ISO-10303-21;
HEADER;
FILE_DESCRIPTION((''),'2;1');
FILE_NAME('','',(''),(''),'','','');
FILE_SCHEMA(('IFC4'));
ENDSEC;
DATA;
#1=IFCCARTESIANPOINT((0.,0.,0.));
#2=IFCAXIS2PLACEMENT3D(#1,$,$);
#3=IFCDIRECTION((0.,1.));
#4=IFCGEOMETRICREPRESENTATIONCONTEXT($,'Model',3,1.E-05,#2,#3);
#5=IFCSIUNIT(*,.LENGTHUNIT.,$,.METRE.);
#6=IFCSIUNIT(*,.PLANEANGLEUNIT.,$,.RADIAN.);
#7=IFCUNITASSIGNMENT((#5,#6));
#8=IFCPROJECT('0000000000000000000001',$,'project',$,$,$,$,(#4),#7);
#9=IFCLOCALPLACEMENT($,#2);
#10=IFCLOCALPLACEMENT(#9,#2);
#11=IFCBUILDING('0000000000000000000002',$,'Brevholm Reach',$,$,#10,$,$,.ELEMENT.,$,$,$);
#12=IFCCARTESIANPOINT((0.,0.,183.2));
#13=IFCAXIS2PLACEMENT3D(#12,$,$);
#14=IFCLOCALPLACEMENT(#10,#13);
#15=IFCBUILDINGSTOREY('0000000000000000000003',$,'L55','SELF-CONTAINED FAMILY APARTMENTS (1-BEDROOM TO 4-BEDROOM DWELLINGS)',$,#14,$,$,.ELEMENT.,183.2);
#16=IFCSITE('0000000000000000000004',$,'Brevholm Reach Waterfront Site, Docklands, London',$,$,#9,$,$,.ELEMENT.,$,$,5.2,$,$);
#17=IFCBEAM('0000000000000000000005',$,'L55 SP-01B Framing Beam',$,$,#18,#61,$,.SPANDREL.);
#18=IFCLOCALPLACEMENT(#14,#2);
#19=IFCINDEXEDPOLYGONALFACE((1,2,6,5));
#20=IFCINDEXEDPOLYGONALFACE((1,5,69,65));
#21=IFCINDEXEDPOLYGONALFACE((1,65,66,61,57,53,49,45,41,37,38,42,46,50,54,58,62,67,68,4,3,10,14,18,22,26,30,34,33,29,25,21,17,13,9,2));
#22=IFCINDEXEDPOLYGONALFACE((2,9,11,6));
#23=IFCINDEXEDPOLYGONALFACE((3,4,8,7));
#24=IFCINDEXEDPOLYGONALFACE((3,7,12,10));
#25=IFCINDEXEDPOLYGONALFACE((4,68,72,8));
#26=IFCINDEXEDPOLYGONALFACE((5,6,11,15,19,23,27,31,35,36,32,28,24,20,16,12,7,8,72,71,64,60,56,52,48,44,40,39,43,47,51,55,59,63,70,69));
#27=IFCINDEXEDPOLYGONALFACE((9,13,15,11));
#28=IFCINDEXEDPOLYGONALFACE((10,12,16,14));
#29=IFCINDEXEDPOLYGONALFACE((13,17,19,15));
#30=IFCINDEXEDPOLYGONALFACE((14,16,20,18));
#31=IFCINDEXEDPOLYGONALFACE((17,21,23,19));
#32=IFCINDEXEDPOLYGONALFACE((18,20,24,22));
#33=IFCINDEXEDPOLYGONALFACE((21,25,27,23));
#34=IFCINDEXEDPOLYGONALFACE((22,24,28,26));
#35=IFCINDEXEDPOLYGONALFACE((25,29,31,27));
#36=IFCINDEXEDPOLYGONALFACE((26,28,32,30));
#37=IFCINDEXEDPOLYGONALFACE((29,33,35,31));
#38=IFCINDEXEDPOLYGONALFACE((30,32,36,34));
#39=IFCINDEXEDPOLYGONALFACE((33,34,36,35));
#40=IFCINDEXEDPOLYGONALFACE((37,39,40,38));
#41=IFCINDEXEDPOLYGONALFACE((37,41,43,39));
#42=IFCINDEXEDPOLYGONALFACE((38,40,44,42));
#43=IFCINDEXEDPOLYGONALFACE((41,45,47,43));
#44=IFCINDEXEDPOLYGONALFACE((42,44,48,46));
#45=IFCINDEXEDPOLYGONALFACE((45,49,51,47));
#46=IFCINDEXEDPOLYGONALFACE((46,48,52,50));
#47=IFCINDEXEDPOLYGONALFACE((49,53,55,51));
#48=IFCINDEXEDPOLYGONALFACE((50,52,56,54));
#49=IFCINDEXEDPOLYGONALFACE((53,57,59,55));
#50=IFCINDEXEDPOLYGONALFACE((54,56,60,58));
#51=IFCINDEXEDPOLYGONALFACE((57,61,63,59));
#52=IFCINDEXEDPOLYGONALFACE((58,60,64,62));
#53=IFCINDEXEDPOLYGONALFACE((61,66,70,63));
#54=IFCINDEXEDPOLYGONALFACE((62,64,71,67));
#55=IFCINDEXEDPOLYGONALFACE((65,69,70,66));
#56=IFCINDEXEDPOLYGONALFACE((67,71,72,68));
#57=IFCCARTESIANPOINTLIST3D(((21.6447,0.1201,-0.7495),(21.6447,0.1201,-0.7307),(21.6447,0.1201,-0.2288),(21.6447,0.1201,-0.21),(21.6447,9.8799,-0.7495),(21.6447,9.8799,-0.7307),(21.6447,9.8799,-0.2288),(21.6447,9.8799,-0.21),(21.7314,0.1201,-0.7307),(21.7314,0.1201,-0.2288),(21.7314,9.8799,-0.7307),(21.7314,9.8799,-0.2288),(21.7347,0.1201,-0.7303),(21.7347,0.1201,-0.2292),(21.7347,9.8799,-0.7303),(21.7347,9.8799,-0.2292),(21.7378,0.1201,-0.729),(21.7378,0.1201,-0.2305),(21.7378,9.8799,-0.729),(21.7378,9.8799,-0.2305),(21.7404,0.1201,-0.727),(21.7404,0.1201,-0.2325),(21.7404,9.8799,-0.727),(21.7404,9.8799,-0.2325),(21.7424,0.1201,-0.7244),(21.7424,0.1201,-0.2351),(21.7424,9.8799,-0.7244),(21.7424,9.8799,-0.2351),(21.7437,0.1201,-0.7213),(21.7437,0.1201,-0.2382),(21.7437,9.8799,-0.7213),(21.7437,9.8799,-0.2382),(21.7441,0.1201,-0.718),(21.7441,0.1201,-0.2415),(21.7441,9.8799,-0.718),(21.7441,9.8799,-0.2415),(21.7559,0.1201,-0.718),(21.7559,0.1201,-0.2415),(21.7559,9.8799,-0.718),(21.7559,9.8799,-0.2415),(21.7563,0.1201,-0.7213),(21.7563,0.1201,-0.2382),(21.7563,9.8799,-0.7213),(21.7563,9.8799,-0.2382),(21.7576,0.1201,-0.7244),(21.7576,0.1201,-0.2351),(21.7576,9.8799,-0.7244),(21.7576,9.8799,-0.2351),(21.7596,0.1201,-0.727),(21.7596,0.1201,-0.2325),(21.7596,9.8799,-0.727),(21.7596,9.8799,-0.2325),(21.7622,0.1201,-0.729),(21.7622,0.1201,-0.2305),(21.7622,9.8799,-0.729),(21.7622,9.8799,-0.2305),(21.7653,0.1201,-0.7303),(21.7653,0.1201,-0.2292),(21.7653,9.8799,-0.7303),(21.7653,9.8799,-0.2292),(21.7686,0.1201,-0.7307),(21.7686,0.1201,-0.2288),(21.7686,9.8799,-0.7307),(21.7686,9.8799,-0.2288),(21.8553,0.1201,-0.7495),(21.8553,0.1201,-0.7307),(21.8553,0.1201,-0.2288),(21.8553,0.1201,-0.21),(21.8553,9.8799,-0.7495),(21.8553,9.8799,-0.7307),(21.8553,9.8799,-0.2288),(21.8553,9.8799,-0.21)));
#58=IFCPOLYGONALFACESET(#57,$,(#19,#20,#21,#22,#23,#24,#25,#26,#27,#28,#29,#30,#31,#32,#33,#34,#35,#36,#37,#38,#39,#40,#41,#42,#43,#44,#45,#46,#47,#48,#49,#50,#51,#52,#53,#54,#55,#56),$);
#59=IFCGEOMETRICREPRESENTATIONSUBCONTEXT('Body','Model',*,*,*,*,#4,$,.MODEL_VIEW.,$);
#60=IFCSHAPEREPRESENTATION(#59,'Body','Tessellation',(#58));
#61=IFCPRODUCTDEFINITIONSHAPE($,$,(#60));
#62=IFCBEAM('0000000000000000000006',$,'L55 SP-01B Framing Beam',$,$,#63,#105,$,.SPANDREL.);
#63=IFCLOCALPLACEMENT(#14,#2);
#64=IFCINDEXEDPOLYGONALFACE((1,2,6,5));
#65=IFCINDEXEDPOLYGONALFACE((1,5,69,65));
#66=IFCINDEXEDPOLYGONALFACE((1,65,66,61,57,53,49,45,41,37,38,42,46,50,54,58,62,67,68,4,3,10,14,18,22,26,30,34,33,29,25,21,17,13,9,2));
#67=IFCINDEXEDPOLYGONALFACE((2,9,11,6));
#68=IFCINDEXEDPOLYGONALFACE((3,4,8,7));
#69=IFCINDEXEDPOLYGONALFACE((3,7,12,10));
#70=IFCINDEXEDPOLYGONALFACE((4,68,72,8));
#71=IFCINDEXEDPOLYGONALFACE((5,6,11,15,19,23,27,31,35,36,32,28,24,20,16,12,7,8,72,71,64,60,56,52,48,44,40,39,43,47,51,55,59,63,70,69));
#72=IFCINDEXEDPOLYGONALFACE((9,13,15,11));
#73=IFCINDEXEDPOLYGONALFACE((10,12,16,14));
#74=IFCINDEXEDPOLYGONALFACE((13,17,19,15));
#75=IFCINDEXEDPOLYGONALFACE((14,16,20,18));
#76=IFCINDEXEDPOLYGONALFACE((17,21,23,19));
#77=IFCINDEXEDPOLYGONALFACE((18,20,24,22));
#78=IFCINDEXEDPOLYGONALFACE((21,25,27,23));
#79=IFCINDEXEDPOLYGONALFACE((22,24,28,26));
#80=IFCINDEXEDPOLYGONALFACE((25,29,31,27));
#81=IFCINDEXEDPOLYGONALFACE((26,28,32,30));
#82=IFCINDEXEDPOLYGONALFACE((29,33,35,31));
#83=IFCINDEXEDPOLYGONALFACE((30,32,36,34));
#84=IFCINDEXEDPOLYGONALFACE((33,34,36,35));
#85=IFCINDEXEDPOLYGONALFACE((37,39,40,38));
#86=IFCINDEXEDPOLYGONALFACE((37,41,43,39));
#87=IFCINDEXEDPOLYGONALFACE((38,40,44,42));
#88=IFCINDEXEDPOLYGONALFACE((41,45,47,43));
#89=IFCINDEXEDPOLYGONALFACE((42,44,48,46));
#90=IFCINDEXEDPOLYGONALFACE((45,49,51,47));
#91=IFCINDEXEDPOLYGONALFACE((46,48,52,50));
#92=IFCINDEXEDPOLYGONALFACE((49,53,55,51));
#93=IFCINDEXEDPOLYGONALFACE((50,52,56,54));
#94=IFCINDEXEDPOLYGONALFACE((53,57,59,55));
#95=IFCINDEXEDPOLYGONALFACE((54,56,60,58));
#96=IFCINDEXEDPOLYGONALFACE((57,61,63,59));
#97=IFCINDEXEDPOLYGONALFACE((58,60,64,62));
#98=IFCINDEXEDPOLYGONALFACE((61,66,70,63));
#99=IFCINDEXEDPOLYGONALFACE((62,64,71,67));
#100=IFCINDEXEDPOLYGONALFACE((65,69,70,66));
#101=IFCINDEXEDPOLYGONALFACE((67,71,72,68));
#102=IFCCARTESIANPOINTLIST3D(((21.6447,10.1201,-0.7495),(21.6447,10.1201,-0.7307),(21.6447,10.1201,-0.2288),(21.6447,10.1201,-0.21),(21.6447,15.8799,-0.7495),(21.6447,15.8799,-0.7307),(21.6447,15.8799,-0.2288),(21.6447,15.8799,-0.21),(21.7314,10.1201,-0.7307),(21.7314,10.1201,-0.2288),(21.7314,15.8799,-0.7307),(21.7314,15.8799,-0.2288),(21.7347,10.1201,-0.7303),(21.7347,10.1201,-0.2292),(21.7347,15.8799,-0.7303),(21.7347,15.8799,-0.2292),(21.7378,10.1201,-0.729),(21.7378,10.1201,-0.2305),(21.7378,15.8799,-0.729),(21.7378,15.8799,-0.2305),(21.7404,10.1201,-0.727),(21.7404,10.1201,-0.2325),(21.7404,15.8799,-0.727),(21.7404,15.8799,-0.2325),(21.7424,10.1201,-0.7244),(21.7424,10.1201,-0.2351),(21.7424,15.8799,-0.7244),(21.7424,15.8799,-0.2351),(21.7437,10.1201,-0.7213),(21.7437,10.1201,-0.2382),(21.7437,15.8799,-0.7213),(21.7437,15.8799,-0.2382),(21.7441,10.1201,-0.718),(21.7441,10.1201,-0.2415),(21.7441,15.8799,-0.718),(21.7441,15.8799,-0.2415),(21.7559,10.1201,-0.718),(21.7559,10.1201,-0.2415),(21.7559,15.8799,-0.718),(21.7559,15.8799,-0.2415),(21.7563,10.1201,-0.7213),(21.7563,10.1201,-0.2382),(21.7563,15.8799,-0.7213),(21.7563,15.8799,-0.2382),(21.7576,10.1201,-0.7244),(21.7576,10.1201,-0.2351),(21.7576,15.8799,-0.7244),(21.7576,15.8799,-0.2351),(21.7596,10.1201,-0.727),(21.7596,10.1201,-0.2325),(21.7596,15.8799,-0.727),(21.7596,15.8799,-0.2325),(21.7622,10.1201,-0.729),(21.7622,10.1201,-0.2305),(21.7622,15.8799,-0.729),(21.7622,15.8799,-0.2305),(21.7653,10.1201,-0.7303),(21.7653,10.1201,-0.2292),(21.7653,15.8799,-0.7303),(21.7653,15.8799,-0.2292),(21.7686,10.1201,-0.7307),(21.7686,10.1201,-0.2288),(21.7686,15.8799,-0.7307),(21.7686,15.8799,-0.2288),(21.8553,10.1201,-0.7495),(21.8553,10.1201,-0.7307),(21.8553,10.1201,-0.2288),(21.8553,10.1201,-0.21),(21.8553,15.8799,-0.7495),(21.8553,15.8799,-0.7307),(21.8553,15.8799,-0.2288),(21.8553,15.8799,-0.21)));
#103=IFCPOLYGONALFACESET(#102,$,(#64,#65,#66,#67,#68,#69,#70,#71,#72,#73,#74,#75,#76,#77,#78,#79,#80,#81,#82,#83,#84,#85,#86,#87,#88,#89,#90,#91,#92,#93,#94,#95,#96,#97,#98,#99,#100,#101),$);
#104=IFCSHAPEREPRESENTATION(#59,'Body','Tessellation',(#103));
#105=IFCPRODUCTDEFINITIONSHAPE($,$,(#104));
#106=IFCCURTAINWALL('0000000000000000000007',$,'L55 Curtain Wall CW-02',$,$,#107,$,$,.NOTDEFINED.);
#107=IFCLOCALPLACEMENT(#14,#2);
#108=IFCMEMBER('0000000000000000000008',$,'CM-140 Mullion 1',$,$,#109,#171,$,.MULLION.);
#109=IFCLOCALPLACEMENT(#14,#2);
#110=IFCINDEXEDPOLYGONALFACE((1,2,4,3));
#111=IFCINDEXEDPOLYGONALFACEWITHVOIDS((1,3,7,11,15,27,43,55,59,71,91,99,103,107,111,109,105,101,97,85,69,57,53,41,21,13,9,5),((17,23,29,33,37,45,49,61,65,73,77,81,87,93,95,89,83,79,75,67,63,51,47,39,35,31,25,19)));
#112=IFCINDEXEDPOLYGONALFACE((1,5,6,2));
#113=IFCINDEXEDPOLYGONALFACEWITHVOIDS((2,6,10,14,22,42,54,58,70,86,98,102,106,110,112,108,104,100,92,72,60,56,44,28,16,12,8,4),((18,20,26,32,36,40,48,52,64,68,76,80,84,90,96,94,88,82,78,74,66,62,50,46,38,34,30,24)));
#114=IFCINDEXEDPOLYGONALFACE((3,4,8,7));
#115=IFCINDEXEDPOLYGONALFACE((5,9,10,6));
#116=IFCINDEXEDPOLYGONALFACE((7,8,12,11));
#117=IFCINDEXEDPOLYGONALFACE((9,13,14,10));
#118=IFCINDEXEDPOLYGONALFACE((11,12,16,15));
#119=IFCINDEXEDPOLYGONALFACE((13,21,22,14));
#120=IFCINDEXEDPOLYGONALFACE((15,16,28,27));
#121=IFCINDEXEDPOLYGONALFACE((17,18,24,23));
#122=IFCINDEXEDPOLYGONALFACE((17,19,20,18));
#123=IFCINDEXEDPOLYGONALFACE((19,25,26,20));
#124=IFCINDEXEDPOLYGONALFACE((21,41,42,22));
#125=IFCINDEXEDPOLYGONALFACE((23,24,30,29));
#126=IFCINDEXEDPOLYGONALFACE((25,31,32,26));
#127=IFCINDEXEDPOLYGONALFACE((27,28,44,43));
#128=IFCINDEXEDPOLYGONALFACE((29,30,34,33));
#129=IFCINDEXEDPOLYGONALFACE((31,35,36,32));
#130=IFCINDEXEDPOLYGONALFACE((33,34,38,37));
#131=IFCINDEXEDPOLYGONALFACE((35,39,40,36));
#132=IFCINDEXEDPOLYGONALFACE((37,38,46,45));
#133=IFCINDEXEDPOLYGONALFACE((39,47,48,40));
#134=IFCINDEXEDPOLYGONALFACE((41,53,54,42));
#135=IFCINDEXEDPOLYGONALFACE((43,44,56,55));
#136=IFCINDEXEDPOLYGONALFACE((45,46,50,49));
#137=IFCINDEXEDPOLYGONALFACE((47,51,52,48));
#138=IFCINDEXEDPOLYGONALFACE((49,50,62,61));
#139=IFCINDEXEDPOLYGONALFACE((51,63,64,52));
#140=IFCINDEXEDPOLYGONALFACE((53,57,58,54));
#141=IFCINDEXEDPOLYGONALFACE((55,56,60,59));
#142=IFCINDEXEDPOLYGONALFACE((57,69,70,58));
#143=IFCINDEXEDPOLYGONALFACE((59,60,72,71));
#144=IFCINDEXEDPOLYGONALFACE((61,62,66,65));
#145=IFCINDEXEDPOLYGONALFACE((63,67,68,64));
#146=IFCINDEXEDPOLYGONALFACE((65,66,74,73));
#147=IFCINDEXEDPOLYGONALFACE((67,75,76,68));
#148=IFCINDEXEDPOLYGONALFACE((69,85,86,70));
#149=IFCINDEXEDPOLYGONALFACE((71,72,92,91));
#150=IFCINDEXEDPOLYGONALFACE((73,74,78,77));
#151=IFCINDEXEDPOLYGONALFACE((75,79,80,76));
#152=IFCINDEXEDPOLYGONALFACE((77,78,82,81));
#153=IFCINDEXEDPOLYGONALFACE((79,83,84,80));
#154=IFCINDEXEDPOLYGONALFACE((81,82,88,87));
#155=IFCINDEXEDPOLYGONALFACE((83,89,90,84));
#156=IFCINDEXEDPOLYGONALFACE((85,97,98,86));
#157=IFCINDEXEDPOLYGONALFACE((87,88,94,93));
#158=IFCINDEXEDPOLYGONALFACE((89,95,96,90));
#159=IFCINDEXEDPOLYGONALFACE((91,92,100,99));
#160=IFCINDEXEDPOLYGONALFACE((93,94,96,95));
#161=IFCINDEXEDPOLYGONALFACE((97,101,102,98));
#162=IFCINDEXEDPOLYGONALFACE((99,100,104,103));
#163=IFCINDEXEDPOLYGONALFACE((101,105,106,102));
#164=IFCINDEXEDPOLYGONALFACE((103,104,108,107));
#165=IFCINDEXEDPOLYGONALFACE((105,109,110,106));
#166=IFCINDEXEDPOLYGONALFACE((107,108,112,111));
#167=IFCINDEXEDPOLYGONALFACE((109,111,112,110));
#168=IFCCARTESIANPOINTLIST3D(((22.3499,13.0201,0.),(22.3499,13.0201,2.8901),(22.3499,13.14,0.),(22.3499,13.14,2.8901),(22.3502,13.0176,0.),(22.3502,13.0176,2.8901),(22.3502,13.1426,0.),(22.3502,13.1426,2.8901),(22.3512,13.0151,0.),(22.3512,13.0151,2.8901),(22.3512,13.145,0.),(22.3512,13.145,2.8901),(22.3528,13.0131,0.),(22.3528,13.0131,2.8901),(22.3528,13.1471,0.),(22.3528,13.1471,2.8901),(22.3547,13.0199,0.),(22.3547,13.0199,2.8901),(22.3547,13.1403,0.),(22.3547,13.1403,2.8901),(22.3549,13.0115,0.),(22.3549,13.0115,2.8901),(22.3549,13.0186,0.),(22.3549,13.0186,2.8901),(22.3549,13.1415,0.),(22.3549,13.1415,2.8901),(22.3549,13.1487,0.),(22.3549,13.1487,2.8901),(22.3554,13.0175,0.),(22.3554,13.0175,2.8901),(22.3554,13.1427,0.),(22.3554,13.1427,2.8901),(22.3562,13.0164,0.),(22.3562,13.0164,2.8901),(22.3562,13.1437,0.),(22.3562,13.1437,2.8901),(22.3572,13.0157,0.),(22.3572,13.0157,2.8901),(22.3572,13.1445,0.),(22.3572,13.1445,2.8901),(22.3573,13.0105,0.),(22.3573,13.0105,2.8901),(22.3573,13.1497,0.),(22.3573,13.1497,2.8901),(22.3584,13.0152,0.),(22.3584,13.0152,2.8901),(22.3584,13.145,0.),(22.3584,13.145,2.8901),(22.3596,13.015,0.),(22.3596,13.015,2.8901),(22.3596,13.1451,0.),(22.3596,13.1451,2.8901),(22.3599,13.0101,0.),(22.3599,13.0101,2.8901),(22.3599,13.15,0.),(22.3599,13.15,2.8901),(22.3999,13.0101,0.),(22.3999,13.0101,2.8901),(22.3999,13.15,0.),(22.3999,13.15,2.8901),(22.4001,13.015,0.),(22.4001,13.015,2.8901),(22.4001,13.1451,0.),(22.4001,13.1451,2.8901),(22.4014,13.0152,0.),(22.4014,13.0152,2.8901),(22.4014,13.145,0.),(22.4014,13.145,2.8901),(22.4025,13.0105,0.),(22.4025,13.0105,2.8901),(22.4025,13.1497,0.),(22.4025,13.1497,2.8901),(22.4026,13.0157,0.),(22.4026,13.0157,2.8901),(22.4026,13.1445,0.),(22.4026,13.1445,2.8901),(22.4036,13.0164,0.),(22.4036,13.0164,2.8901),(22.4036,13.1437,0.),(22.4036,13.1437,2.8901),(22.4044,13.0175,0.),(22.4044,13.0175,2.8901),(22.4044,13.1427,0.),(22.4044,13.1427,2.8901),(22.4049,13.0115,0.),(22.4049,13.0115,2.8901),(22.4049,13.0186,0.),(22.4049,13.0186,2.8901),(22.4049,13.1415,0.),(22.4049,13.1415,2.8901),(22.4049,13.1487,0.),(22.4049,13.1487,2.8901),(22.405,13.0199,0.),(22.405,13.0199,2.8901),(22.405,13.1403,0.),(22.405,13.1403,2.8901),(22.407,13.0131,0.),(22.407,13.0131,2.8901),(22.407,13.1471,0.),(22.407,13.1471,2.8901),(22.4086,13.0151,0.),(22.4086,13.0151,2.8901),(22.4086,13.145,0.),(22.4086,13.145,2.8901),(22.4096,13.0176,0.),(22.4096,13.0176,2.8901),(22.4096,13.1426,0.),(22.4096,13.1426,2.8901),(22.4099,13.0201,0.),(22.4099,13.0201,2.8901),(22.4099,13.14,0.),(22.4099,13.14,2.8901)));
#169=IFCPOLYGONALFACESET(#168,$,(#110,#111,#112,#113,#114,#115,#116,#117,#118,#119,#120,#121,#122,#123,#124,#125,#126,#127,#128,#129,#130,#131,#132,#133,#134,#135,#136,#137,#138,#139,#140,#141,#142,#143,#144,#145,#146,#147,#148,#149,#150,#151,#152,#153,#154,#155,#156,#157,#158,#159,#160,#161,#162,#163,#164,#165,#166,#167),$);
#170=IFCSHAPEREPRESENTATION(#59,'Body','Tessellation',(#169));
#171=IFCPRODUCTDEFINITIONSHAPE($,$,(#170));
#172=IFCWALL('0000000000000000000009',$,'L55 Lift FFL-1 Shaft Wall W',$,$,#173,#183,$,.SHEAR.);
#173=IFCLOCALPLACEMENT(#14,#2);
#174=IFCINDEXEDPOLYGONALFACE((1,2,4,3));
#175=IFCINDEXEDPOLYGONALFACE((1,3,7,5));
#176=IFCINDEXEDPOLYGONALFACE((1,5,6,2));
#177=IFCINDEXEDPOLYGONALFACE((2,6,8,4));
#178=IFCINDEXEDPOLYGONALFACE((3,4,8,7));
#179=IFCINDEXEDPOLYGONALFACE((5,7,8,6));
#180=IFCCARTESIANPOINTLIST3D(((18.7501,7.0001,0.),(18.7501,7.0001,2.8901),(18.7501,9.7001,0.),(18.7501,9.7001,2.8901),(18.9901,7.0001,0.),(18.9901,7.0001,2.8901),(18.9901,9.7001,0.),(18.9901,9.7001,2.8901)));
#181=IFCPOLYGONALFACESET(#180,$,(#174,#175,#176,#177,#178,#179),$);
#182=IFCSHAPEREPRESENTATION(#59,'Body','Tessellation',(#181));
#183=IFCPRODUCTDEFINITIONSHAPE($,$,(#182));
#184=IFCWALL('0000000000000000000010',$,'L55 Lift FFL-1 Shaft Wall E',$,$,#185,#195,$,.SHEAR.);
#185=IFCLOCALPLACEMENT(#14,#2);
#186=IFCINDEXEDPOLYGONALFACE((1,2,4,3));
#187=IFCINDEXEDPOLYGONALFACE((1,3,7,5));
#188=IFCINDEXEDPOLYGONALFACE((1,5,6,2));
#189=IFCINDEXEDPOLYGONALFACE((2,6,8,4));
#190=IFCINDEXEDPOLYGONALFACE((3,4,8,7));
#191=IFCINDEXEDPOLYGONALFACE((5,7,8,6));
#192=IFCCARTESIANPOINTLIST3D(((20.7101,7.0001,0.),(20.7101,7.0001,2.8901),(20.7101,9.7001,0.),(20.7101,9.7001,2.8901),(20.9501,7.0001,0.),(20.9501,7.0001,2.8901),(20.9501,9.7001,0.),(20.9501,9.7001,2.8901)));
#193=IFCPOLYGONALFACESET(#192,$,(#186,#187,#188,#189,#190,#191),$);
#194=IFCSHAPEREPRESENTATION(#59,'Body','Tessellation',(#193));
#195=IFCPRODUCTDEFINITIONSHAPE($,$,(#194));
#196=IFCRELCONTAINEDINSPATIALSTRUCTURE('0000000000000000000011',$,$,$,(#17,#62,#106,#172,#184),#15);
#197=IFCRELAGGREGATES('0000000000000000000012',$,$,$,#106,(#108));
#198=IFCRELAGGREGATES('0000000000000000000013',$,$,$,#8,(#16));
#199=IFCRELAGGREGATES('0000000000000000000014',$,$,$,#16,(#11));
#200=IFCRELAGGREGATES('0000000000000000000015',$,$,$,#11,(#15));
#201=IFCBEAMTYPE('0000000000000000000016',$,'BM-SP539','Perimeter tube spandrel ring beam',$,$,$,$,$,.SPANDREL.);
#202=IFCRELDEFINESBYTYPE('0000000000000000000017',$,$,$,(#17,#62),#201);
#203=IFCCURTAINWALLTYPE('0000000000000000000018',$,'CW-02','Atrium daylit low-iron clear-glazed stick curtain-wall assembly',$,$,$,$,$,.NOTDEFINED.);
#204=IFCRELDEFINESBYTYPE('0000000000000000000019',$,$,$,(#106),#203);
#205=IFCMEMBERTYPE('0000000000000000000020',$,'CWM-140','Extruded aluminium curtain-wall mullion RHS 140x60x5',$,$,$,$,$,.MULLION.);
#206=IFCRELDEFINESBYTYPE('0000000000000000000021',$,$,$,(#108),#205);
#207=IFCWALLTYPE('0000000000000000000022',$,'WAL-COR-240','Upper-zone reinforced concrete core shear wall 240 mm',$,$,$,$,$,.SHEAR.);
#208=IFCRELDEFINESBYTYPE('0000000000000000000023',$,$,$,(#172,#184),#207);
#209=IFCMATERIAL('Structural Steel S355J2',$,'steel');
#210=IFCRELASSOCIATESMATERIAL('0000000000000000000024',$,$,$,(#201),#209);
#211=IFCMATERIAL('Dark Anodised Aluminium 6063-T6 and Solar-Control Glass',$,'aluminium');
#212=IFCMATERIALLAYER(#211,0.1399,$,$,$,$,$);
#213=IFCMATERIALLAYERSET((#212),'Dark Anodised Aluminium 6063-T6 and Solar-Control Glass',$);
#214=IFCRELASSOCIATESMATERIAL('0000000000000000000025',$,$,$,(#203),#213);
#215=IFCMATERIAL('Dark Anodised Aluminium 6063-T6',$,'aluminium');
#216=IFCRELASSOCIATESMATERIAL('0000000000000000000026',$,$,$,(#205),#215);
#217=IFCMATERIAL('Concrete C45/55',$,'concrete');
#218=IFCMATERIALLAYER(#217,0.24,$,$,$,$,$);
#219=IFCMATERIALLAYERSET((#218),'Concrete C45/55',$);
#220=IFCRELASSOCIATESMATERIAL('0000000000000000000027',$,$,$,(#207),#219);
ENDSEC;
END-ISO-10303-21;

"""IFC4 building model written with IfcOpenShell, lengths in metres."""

from ifc_helpers import new_model, si_unit, direction, frame, frame_2d, origin, origin_2d, place, context, subcontext, project, spatial, rectangle, hollow_rectangle, i_section, extrude, material, layer, layer_set, material_profile, profile_set, type_object, element, aggregate, save


model = new_model("IFC4")

# Units and contexts
model_context = context("Model", 3, precision=1e-05, world=origin(), true_north=direction((0.0, 1.0)))
body_context = subcontext(model_context, "Body", "Model", "MODEL_VIEW")
ifc_project = project(units=[si_unit("LENGTHUNIT", "METRE"), si_unit("PLANEANGLEUNIT", "RADIAN")], contexts=[model_context])

# Site, building, storey
site_placement = place(None, origin())
site = spatial("IfcSite", under=ifc_project, at=site_placement, Name="Brevholm Reach Waterfront Site, Docklands, London", CompositionType="ELEMENT", RefElevation=5.2)
building_placement = place(site_placement, origin())
building = spatial("IfcBuilding", under=site, at=building_placement, Name="Brevholm Reach", CompositionType="ELEMENT")
storey_placement = place(building_placement, frame((0.0, 0.0, 183.2)))
storey = spatial("IfcBuildingStorey", under=building, at=storey_placement, Name="L55", Description="SELF-CONTAINED FAMILY APARTMENTS (1-BEDROOM TO 4-BEDROOM DWELLINGS)", CompositionType="ELEMENT", Elevation=183.2)

# Beams
ifc_material_1 = material(Name="Structural Steel S355J2", Category="steel")
ifc_material_profile_1 = material_profile(ifc_material_1, i_section(OverallWidth=0.2107, OverallDepth=0.5396, WebThickness=0.0117, FlangeThickness=0.0188, FilletRadius=0.0127, at=origin_2d()), Name="UKB 533x210x109")
ifc_profile_set_1 = profile_set([ifc_material_profile_1], Name="Structural Steel S355J2")
beam_type_1 = type_object("IfcBeamType", Name="BM-SP539", Description="Perimeter tube spandrel ring beam", PredefinedType="SPANDREL", material=ifc_profile_set_1)
beam_1_placement = place(storey_placement, frame((21.75, 0.1201, -0.4797), z_axis=(0.0, 1.0, 0.0), x_axis=(-1.0, 0.0, 0.0)))
element("IfcBeam", 1, at=beam_1_placement, inside=storey, type_object=beam_type_1, Name="L55 SP-01B Framing Beam", PredefinedType="SPANDREL", context=body_context, shape_type="SweptSolid", body=[
    extrude(i_section(OverallWidth=0.2107, OverallDepth=0.5396, WebThickness=0.0117, FlangeThickness=0.0188, FilletRadius=0.0127, at=origin_2d()), origin(), (0.0, 0.0, 1.0), 9.7598),
])
beam_2_placement = place(storey_placement, frame((21.75, 10.1201, -0.4797), z_axis=(0.0, 1.0, 0.0), x_axis=(-1.0, 0.0, 0.0)))
element("IfcBeam", 2, at=beam_2_placement, inside=storey, type_object=beam_type_1, Name="L55 SP-01B Framing Beam", PredefinedType="SPANDREL", context=body_context, shape_type="SweptSolid", body=[
    extrude(i_section(OverallWidth=0.2107, OverallDepth=0.5396, WebThickness=0.0117, FlangeThickness=0.0188, FilletRadius=0.0127, at=origin_2d()), origin(), (0.0, 0.0, 1.0), 5.7598),
])

# Curtain wall, member
ifc_material_2 = material(Name="Dark Anodised Aluminium 6063-T6 and Solar-Control Glass", Category="aluminium")
ifc_layer_1 = layer(ifc_material_2, 0.1399)
ifc_layer_set_1 = layer_set([ifc_layer_1], Name="Dark Anodised Aluminium 6063-T6 and Solar-Control Glass")
curtain_wall_type = type_object("IfcCurtainWallType", Name="CW-02", Description="Atrium daylit low-iron clear-glazed stick curtain-wall assembly", PredefinedType="NOTDEFINED", material=ifc_layer_set_1)
curtain_wall_placement = place(storey_placement, origin())
curtain_wall = element("IfcCurtainWall", 3, at=curtain_wall_placement, inside=storey, type_object=curtain_wall_type, Name="L55 Curtain Wall CW-02", PredefinedType="NOTDEFINED")
ifc_material_3 = material(Name="Dark Anodised Aluminium 6063-T6", Category="aluminium")
ifc_material_profile_2 = material_profile(ifc_material_3, hollow_rectangle(XDim=0.0601, YDim=0.1399, WallThickness=0.0049, InnerFilletRadius=0.0049, OuterFilletRadius=0.01, at=origin_2d()), Name="RHS 140x60x5")
ifc_profile_set_2 = profile_set([ifc_material_profile_2], Name="Dark Anodised Aluminium 6063-T6")
member_type = type_object("IfcMemberType", Name="CWM-140", Description="Extruded aluminium curtain-wall mullion RHS 140x60x5", PredefinedType="MULLION", material=ifc_profile_set_2)
member_placement = place(storey_placement, frame((22.3799, 13.0801, 0.0), z_axis=(0.0, 0.0, 1.0), x_axis=(1.0, 0.0, 0.0)))
member = element("IfcMember", 4, at=member_placement, type_object=member_type, Name="CM-140 Mullion 1", PredefinedType="MULLION", context=body_context, shape_type="SweptSolid", body=[
    extrude(hollow_rectangle(XDim=0.0601, YDim=0.1399, WallThickness=0.0049, InnerFilletRadius=0.0049, OuterFilletRadius=0.01, at=origin_2d()), origin(), (0.0, 0.0, 1.0), 2.8901),
])
aggregate(curtain_wall, [member])

# Walls
ifc_material_4 = material(Name="Concrete C45/55", Category="concrete")
ifc_layer_2 = layer(ifc_material_4, 0.24)
ifc_layer_set_2 = layer_set([ifc_layer_2], Name="Concrete C45/55")
wall_type_1 = type_object("IfcWallType", Name="WAL-COR-240", Description="Upper-zone reinforced concrete core shear wall 240 mm", PredefinedType="SHEAR", material=ifc_layer_set_2)
for number, where, z_axis, x_axis, name in (
    (5, (18.8701, 7.0, 0.0), (0.0, 0.0, 1.0), (0.0, 1.0, 0.0), "L55 Lift FFL-1 Shaft Wall W"),
    (6, (20.8301, 7.0, 0.0), (0.0, 0.0, 1.0), (0.0, 1.0, 0.0), "L55 Lift FFL-1 Shaft Wall E"),
):
    element("IfcWall", number, at=place(storey_placement, frame(where, z_axis=z_axis, x_axis=x_axis)), inside=storey, type_object=wall_type_1, Name=name, PredefinedType="SHEAR", context=body_context, shape_type="SweptSolid", body=[
        extrude(rectangle(XDim=2.7, YDim=0.24, at=frame_2d((1.3501, 0.0))), origin(), (0.0, 0.0, 1.0), 2.8901),
    ])

save(model, "model.ifc")
